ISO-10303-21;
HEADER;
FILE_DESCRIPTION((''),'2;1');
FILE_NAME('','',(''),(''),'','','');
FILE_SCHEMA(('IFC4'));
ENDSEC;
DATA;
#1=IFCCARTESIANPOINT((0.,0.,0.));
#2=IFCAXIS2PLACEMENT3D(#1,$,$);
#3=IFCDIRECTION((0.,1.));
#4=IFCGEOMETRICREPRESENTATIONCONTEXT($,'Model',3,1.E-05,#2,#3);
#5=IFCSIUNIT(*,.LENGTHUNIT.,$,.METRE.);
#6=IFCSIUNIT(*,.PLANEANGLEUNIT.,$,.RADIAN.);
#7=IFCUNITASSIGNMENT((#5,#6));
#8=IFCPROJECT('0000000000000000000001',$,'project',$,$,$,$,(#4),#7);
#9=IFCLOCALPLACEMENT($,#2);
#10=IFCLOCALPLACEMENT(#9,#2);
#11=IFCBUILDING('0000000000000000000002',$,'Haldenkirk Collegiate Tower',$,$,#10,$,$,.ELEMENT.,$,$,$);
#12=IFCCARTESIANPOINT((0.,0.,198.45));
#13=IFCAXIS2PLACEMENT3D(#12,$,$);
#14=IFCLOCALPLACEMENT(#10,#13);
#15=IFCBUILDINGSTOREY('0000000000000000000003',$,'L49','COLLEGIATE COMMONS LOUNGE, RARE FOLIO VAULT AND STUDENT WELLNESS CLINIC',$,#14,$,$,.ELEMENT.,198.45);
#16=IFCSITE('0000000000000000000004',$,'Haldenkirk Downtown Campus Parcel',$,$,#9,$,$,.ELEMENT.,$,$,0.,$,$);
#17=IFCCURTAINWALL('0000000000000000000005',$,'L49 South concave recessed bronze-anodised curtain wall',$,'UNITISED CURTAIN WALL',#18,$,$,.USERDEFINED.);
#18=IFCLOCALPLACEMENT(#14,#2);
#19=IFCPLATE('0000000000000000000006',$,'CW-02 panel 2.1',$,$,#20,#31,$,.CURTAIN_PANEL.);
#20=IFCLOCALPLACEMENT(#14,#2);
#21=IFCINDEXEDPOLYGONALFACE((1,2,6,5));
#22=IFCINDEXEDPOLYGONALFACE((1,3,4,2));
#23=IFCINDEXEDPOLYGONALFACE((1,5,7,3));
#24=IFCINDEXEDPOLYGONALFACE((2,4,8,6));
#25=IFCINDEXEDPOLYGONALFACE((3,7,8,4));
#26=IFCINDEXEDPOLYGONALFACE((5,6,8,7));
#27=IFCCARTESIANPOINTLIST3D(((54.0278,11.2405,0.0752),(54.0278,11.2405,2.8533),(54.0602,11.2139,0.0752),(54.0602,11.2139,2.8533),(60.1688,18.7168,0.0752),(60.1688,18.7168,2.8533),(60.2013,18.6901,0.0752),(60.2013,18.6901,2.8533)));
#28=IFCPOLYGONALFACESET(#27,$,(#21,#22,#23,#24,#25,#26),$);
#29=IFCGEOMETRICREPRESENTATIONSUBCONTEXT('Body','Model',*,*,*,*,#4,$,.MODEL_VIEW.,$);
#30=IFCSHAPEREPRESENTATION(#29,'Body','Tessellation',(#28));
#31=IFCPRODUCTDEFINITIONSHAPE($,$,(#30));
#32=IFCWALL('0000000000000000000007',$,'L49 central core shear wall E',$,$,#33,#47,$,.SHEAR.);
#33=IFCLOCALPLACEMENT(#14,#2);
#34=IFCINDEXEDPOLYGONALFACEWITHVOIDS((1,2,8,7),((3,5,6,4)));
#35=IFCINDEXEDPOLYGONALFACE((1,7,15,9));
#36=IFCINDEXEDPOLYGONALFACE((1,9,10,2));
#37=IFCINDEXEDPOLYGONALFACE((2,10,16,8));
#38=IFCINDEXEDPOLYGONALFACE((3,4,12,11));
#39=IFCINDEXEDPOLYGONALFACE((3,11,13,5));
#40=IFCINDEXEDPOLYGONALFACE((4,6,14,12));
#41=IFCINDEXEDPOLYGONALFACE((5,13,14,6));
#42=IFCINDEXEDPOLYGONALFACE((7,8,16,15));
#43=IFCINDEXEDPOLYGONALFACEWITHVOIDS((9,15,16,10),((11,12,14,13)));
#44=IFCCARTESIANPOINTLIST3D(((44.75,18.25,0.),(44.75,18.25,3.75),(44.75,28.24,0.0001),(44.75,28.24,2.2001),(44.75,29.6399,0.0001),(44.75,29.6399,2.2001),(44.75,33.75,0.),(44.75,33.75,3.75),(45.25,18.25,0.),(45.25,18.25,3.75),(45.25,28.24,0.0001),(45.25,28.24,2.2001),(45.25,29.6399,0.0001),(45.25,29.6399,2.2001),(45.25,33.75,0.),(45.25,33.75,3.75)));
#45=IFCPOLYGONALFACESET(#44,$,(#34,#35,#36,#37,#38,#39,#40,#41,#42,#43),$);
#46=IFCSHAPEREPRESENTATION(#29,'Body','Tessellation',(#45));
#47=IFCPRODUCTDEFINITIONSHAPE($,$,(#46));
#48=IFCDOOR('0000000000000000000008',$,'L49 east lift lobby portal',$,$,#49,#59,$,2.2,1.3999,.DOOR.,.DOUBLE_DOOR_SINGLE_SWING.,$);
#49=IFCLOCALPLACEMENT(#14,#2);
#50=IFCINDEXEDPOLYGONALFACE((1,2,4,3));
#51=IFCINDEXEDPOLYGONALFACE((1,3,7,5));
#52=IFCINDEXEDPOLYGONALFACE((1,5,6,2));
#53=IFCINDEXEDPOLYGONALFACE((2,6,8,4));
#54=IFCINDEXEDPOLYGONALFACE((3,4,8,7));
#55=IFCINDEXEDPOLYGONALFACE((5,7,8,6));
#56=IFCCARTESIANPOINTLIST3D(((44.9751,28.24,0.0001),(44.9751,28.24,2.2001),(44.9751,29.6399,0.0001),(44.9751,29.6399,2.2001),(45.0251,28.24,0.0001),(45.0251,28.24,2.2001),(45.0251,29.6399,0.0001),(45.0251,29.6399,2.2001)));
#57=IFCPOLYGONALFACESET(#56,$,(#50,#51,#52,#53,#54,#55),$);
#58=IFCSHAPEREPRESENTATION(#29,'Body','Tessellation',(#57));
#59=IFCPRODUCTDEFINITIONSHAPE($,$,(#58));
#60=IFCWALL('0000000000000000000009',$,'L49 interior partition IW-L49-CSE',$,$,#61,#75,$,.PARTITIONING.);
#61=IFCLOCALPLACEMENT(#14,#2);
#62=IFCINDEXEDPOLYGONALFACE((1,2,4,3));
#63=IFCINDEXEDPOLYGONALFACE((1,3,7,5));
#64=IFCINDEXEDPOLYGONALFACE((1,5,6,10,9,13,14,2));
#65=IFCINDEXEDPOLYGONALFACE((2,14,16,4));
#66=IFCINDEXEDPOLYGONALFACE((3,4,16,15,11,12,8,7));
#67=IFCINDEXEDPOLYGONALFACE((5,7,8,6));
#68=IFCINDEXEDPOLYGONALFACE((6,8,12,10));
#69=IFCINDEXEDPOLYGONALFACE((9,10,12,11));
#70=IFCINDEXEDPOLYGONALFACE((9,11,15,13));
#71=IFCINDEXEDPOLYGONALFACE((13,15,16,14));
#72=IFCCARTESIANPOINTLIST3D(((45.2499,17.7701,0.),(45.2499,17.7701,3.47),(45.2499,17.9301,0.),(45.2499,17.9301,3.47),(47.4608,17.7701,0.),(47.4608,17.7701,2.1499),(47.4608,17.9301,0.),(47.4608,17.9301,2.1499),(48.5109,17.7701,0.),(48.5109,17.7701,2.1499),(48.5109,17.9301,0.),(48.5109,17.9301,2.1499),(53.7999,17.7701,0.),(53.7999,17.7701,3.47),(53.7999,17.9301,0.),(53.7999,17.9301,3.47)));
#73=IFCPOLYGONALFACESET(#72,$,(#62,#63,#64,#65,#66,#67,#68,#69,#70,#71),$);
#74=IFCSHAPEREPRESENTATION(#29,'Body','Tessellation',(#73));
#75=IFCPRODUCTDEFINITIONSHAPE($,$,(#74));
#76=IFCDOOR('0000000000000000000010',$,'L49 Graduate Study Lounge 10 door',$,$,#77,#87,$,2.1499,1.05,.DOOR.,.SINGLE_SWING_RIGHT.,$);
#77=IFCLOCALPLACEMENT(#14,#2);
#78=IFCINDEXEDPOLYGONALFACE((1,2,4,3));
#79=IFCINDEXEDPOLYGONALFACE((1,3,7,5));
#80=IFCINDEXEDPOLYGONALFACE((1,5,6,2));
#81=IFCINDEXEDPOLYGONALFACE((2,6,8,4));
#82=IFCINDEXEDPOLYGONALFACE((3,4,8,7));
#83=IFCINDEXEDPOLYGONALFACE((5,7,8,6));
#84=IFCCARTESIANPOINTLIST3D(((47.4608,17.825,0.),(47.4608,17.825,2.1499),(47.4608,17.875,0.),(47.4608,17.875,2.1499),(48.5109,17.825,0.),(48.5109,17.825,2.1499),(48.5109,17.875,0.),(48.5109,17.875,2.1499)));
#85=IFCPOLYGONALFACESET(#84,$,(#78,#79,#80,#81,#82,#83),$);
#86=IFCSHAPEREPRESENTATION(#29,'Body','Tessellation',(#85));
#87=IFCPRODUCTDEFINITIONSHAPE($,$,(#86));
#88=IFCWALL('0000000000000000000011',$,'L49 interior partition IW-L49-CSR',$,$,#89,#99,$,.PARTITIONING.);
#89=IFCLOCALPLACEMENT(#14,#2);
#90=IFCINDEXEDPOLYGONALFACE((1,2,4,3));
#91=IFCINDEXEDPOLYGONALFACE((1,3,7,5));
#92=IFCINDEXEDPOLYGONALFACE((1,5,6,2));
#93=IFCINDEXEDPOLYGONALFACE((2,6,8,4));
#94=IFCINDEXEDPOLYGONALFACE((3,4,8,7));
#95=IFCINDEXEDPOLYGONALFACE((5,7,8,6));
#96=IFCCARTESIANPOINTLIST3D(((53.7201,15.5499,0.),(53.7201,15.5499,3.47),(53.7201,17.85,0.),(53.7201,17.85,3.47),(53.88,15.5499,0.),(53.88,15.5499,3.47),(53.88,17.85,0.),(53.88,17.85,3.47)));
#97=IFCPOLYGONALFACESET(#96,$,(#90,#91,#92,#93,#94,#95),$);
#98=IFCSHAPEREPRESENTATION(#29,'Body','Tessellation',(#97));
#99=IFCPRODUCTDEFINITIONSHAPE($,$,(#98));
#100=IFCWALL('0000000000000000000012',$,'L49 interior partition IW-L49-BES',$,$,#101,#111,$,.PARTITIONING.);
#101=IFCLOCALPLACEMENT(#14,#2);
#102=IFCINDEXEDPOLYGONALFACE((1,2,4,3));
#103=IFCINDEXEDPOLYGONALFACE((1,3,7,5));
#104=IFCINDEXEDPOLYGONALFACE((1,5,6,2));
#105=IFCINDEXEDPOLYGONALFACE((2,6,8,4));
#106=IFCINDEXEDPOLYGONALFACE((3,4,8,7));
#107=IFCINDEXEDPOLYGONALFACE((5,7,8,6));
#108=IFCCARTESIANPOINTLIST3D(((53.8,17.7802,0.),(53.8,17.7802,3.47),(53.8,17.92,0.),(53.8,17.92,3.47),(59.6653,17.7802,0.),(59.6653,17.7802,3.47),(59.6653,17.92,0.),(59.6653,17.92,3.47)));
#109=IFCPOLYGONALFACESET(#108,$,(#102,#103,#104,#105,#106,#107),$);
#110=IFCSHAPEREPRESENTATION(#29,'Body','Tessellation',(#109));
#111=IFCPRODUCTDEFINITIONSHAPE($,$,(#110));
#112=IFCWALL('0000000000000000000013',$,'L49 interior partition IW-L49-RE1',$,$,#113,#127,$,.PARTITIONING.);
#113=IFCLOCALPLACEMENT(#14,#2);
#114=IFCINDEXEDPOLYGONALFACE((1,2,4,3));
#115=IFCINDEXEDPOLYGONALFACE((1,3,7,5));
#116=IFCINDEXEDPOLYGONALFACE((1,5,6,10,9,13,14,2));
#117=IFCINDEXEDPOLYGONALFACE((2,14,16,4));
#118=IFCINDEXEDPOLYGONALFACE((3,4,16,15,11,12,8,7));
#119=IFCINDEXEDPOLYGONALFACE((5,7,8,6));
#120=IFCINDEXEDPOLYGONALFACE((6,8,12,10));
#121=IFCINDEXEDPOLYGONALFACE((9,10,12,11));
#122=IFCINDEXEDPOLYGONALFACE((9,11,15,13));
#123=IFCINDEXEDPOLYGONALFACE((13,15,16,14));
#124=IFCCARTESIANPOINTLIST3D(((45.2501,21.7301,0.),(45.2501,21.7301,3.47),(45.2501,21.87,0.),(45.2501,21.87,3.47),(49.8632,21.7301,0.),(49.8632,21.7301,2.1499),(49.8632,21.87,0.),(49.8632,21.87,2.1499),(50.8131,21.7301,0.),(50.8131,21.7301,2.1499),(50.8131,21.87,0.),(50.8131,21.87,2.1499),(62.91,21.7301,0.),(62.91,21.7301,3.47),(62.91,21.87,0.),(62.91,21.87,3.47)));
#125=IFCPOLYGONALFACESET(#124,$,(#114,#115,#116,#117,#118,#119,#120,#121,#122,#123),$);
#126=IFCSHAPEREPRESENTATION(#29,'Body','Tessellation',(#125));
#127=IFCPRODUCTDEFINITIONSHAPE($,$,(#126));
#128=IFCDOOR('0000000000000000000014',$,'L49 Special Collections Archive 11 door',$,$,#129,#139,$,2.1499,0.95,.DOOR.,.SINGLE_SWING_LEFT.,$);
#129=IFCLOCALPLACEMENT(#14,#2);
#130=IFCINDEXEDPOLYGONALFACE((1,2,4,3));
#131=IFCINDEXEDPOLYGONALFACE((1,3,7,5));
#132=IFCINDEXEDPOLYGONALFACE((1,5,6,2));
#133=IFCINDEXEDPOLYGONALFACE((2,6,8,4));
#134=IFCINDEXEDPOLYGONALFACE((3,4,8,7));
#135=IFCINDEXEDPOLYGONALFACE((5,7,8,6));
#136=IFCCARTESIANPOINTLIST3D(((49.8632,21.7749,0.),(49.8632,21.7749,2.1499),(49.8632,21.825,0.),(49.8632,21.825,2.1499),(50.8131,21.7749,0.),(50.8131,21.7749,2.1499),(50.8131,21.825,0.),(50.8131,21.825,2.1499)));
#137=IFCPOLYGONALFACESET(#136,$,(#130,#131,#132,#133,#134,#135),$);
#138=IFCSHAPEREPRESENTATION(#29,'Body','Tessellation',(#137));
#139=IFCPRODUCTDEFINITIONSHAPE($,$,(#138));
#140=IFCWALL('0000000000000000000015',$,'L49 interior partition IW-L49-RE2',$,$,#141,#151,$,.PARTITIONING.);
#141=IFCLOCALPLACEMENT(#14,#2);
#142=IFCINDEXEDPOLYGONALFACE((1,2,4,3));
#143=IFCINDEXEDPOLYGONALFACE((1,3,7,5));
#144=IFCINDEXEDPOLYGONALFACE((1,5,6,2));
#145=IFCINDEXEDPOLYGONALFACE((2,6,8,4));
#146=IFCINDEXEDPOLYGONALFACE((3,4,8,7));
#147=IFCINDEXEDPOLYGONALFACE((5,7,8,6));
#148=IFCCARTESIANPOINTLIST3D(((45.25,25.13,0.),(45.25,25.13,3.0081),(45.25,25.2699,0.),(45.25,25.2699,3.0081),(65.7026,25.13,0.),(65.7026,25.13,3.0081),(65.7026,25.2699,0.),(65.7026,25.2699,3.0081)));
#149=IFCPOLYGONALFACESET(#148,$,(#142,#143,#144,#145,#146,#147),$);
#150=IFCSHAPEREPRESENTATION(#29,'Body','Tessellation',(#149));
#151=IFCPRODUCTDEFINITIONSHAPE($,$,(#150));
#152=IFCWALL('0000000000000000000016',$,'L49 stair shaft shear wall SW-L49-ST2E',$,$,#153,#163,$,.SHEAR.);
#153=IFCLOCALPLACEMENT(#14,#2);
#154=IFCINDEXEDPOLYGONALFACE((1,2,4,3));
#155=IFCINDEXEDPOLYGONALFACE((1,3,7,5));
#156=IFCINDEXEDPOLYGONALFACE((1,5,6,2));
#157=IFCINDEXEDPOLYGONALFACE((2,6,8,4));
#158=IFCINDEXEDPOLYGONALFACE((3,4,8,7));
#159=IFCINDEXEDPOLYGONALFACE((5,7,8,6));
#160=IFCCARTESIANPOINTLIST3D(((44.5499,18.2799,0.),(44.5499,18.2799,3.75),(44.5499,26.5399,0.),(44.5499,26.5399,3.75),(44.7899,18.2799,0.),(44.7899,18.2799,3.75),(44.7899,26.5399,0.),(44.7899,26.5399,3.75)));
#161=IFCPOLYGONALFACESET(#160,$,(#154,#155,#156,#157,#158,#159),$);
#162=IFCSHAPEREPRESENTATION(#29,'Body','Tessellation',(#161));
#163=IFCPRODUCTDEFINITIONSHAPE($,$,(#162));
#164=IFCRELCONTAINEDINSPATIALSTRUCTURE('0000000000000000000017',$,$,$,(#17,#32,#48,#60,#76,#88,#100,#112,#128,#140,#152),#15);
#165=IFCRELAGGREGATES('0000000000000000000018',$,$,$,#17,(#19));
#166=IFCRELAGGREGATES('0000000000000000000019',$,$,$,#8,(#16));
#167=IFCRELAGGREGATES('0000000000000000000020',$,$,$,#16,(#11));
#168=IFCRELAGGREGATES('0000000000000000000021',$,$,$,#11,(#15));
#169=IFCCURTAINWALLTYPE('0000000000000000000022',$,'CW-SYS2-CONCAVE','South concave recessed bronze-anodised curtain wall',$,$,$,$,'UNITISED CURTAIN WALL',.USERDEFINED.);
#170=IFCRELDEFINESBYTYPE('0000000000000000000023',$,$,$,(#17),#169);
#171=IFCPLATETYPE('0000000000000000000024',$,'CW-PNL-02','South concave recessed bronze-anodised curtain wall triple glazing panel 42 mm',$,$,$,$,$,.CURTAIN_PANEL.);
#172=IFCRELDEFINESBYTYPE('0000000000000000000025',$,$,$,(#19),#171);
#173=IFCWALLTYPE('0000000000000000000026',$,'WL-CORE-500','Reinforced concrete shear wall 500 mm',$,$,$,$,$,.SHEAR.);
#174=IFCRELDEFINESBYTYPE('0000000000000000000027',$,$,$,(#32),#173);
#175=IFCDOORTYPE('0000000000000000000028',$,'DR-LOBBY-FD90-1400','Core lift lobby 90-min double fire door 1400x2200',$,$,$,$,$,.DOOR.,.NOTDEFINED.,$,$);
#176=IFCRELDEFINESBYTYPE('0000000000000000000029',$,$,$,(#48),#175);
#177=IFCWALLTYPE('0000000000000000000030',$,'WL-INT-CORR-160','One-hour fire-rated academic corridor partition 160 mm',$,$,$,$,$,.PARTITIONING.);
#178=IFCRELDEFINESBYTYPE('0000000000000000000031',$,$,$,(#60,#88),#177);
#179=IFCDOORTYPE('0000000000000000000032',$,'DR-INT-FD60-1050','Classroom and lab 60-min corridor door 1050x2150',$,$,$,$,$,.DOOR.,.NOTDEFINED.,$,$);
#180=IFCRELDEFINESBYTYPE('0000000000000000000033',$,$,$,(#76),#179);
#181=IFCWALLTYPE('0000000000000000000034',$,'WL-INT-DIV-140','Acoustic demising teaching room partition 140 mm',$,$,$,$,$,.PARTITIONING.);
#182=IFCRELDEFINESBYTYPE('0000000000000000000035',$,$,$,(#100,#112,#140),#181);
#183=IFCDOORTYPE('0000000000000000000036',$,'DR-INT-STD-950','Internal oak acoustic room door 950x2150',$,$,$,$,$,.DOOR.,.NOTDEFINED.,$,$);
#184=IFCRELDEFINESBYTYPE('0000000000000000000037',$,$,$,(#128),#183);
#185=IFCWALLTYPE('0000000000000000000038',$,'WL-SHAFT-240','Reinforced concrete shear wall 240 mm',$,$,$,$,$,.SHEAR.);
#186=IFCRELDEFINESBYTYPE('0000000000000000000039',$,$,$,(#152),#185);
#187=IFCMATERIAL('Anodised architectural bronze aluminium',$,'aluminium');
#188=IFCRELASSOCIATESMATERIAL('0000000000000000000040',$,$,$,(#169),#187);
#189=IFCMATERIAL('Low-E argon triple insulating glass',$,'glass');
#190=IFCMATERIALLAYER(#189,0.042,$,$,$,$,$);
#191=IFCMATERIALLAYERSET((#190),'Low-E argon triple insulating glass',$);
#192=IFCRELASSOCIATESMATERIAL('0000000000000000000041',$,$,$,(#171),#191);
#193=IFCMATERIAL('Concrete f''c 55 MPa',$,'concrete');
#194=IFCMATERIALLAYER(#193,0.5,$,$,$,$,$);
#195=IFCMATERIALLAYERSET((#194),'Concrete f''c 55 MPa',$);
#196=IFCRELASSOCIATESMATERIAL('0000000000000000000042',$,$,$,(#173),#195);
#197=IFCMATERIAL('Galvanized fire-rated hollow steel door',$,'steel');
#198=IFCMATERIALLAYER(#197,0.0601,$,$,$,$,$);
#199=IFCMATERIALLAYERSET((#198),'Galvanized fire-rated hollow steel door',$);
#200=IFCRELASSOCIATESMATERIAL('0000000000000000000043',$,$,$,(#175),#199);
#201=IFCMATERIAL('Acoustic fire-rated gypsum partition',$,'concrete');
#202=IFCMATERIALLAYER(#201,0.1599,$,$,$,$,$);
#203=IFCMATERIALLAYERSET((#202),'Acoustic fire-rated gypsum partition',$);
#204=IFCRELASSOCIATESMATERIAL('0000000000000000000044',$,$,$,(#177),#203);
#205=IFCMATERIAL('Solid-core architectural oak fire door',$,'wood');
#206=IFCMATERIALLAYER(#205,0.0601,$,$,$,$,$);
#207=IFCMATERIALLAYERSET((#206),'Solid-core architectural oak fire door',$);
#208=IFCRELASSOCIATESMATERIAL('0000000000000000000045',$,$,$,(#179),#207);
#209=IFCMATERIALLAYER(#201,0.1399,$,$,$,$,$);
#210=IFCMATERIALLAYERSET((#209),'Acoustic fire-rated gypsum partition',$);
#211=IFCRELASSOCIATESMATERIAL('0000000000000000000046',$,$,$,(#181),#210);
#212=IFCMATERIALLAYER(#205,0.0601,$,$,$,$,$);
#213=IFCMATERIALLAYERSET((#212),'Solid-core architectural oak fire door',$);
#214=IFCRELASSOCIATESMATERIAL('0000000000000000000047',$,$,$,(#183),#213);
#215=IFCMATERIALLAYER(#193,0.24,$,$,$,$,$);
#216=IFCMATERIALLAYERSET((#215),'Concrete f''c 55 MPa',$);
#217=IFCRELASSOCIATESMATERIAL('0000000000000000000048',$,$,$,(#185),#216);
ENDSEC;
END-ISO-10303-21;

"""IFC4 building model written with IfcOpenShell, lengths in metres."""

from ifc_helpers import new_model, si_unit, direction, frame, frame_2d, origin, origin_2d, place, context, subcontext, project, spatial, rectangle, extrude, source, transform, mapped, material, layer, layer_set, type_object, element, fill, aggregate, save


model = new_model("IFC4")

# Units and contexts
model_context = context("Model", 3, precision=1e-05, world=origin(), true_north=direction((0.0, 1.0)))
body_context = subcontext(model_context, "Body", "Model", "MODEL_VIEW")
ifc_project = project(units=[si_unit("LENGTHUNIT", "METRE"), si_unit("PLANEANGLEUNIT", "RADIAN")], contexts=[model_context])

# Site, building, storey
site_placement = place(None, origin())
site = spatial("IfcSite", under=ifc_project, at=site_placement, Name="Haldenkirk Downtown Campus Parcel", CompositionType="ELEMENT", RefElevation=0.0)
building_placement = place(site_placement, origin())
building = spatial("IfcBuilding", under=site, at=building_placement, Name="Haldenkirk Collegiate Tower", CompositionType="ELEMENT")
storey_placement = place(building_placement, frame((0.0, 0.0, 198.45)))
storey = spatial("IfcBuildingStorey", under=building, at=storey_placement, Name="L49", Description="COLLEGIATE COMMONS LOUNGE, RARE FOLIO VAULT AND STUDENT WELLNESS CLINIC", CompositionType="ELEMENT", Elevation=198.45)

# Curtain wall, plate
ifc_material_1 = material(Name="Anodised architectural bronze aluminium", Category="aluminium")
curtain_wall_type = type_object("IfcCurtainWallType", Name="CW-SYS2-CONCAVE", Description="South concave recessed bronze-anodised curtain wall", ElementType="UNITISED CURTAIN WALL", PredefinedType="USERDEFINED", material=ifc_material_1)
curtain_wall_placement = place(storey_placement, origin())
curtain_wall = element("IfcCurtainWall", 1, at=curtain_wall_placement, inside=storey, type_object=curtain_wall_type, Name="L49 South concave recessed bronze-anodised curtain wall", ObjectType="UNITISED CURTAIN WALL", PredefinedType="USERDEFINED")
ifc_material_2 = material(Name="Low-E argon triple insulating glass", Category="glass")
ifc_layer_1 = layer(ifc_material_2, 0.042)
ifc_layer_set_1 = layer_set([ifc_layer_1], Name="Low-E argon triple insulating glass")
plate_type = type_object("IfcPlateType", Name="CW-PNL-02", Description="South concave recessed bronze-anodised curtain wall triple glazing panel 42 mm", PredefinedType="CURTAIN_PANEL", material=ifc_layer_set_1)
shared_shape_1 = source(origin(), body_context, "Body", "SweptSolid", [
    extrude(rectangle(XDim=9.675, YDim=0.042, at=origin_2d()), origin(), (0.0, 0.0, 1.0), 2.7781),
])
plate_1_placement = place(storey_placement, frame((57.1145, 14.9653, 0.0752), z_axis=(0.0, 0.0, 1.0), x_axis=(-0.634731, -0.772734, 0.0)))
plate_1 = element("IfcPlate", 2, at=plate_1_placement, type_object=plate_type, Name="CW-02 panel 2.1", PredefinedType="CURTAIN_PANEL", context=body_context, shape_type="MappedRepresentation", body=[
    mapped(shared_shape_1, transform((0.0, 0.0, 0.0), x_axis=(1.0, 0.0, 0.0), y_axis=(0.0, 1.0, 0.0), z_axis=(0.0, 0.0, 1.0), scale=1.0)),
])
aggregate(curtain_wall, [plate_1])

# Walls, openings, doors
ifc_material_3 = material(Name="Concrete f'c 55 MPa", Category="concrete")
ifc_layer_2 = layer(ifc_material_3, 0.5)
ifc_layer_set_2 = layer_set([ifc_layer_2], Name="Concrete f'c 55 MPa")
wall_type_1 = type_object("IfcWallType", Name="WL-CORE-500", Description="Reinforced concrete shear wall 500 mm", PredefinedType="SHEAR", material=ifc_layer_set_2)
wall_1_placement = place(storey_placement, frame((45.0, 18.25, 0.0), z_axis=(0.0, 0.0, 1.0), x_axis=(0.0, 1.0, 0.0)))
wall_1 = element("IfcWall", 3, at=wall_1_placement, inside=storey, type_object=wall_type_1, Name="L49 central core shear wall E", PredefinedType="SHEAR", context=body_context, shape_type="SweptSolid", body=[
    extrude(rectangle(XDim=15.5, YDim=0.5, at=frame_2d((7.75, 0.0))), origin(), (0.0, 0.0, 1.0), 3.75),
])
opening_1_placement = place(wall_1_placement, frame((9.99, 0.0, 0.0)))
opening_1 = element("IfcOpeningElement", 4, at=opening_1_placement, cuts=wall_1, PredefinedType="OPENING", context=body_context, shape_type="SweptSolid", body=[
    extrude(rectangle(XDim=1.3999, YDim=2.2, at=frame_2d((0.7, 1.1001))), frame((0.0, 0.26, 0.0), z_axis=(0.0, -1.0, 0.0), x_axis=(1.0, 0.0, 0.0)), (0.0, 0.0, 1.0), 0.52),
])
ifc_material_4 = material(Name="Galvanized fire-rated hollow steel door", Category="steel")
ifc_layer_3 = layer(ifc_material_4, 0.0601)
ifc_layer_set_3 = layer_set([ifc_layer_3], Name="Galvanized fire-rated hollow steel door")
door_type_1 = type_object("IfcDoorType", Name="DR-LOBBY-FD90-1400", Description="Core lift lobby 90-min double fire door 1400x2200", OperationType="NOTDEFINED", PredefinedType="DOOR", material=ifc_layer_set_3)
door_1_placement = place(opening_1_placement, origin())
door_1 = element("IfcDoor", 5, at=door_1_placement, inside=storey, type_object=door_type_1, Name="L49 east lift lobby portal", OperationType="DOUBLE_DOOR_SINGLE_SWING", OverallHeight=2.2, OverallWidth=1.3999, PredefinedType="DOOR", context=body_context, shape_type="SweptSolid", body=[
    extrude(rectangle(XDim=1.3999, YDim=2.2, at=frame_2d((0.7, 1.1001))), frame((0.0, 0.0249, 0.0), z_axis=(0.0, -1.0, 0.0), x_axis=(1.0, 0.0, 0.0)), (0.0, 0.0, 1.0), 0.05),
])
fill(opening_1, door_1)
ifc_material_5 = material(Name="Acoustic fire-rated gypsum partition", Category="concrete")
ifc_layer_4 = layer(ifc_material_5, 0.1599)
ifc_layer_set_4 = layer_set([ifc_layer_4], Name="Acoustic fire-rated gypsum partition")
wall_type_2 = type_object("IfcWallType", Name="WL-INT-CORR-160", Description="One-hour fire-rated academic corridor partition 160 mm", PredefinedType="PARTITIONING", material=ifc_layer_set_4)
wall_2_placement = place(storey_placement, frame((45.25, 17.8501, 0.0), z_axis=(0.0, 0.0, 1.0), x_axis=(1.0, 0.0, 0.0)))
wall_2 = element("IfcWall", 6, at=wall_2_placement, inside=storey, type_object=wall_type_2, Name="L49 interior partition IW-L49-CSE", PredefinedType="PARTITIONING", context=body_context, shape_type="SweptSolid", body=[
    extrude(rectangle(XDim=8.55, YDim=0.1599, at=frame_2d((4.2749, 0.0))), origin(), (0.0, 0.0, 1.0), 3.47),
])
opening_2_placement = place(wall_2_placement, frame((2.2109, 0.0, 0.0)))
opening_2 = element("IfcOpeningElement", 7, at=opening_2_placement, cuts=wall_2, PredefinedType="OPENING", context=body_context, shape_type="SweptSolid", body=[
    extrude(rectangle(XDim=1.05, YDim=2.1499, at=frame_2d((0.5249, 1.075))), frame((0.0, 0.0898, 0.0), z_axis=(0.0, -1.0, 0.0), x_axis=(1.0, 0.0, 0.0)), (0.0, 0.0, 1.0), 0.1799),
])
ifc_material_6 = material(Name="Solid-core architectural oak fire door", Category="wood")
ifc_layer_5 = layer(ifc_material_6, 0.0601)
ifc_layer_set_5 = layer_set([ifc_layer_5], Name="Solid-core architectural oak fire door")
door_type_2 = type_object("IfcDoorType", Name="DR-INT-FD60-1050", Description="Classroom and lab 60-min corridor door 1050x2150", OperationType="NOTDEFINED", PredefinedType="DOOR", material=ifc_layer_set_5)
door_2_placement = place(opening_2_placement, origin())
door_2 = element("IfcDoor", 8, at=door_2_placement, inside=storey, type_object=door_type_2, Name="L49 Graduate Study Lounge 10 door", OperationType="SINGLE_SWING_RIGHT", OverallHeight=2.1499, OverallWidth=1.05, PredefinedType="DOOR", context=body_context, shape_type="SweptSolid", body=[
    extrude(rectangle(XDim=1.05, YDim=2.1499, at=frame_2d((0.5249, 1.075))), frame((0.0, 0.0249, 0.0), z_axis=(0.0, -1.0, 0.0), x_axis=(1.0, 0.0, 0.0)), (0.0, 0.0, 1.0), 0.05),
])
fill(opening_2, door_2)

# Walls
wall_3_placement = place(storey_placement, frame((53.8, 15.55, 0.0), z_axis=(0.0, 0.0, 1.0), x_axis=(0.0, 1.0, 0.0)))
element("IfcWall", 9, at=wall_3_placement, inside=storey, type_object=wall_type_2, Name="L49 interior partition IW-L49-CSR", PredefinedType="PARTITIONING", context=body_context, shape_type="SweptSolid", body=[
    extrude(rectangle(XDim=2.3, YDim=0.1599, at=frame_2d((1.1499, 0.0))), origin(), (0.0, 0.0, 1.0), 3.47),
])
ifc_layer_6 = layer(ifc_material_5, 0.1399)
ifc_layer_set_6 = layer_set([ifc_layer_6], Name="Acoustic fire-rated gypsum partition")
wall_type_3 = type_object("IfcWallType", Name="WL-INT-DIV-140", Description="Acoustic demising teaching room partition 140 mm", PredefinedType="PARTITIONING", material=ifc_layer_set_6)
wall_4_placement = place(storey_placement, frame((53.8, 17.8501, 0.0), z_axis=(0.0, 0.0, 1.0), x_axis=(1.0, 0.0, 0.0)))
element("IfcWall", 10, at=wall_4_placement, inside=storey, type_object=wall_type_3, Name="L49 interior partition IW-L49-BES", PredefinedType="PARTITIONING", context=body_context, shape_type="SweptSolid", body=[
    extrude(rectangle(XDim=5.8652, YDim=0.1399, at=frame_2d((2.9326, 0.0))), origin(), (0.0, 0.0, 1.0), 3.47),
])

# Wall, opening, door
wall_5_placement = place(storey_placement, frame((45.25, 21.8, 0.0), z_axis=(0.0, 0.0, 1.0), x_axis=(1.0, 0.0, 0.0)))
wall_5 = element("IfcWall", 11, at=wall_5_placement, inside=storey, type_object=wall_type_3, Name="L49 interior partition IW-L49-RE1", PredefinedType="PARTITIONING", context=body_context, shape_type="SweptSolid", body=[
    extrude(rectangle(XDim=17.6599, YDim=0.1399, at=frame_2d((8.8301, 0.0))), origin(), (0.0, 0.0, 1.0), 3.47),
])
opening_3_placement = place(wall_5_placement, frame((4.613, 0.0, 0.0)))
opening_3 = element("IfcOpeningElement", 12, at=opening_3_placement, cuts=wall_5, PredefinedType="OPENING", context=body_context, shape_type="SweptSolid", body=[
    extrude(rectangle(XDim=0.95, YDim=2.1499, at=frame_2d((0.4751, 1.075))), frame((0.0, 0.0798, 0.0), z_axis=(0.0, -1.0, 0.0), x_axis=(1.0, 0.0, 0.0)), (0.0, 0.0, 1.0), 0.1599),
])
ifc_layer_7 = layer(ifc_material_6, 0.0601)
ifc_layer_set_7 = layer_set([ifc_layer_7], Name="Solid-core architectural oak fire door")
door_type_3 = type_object("IfcDoorType", Name="DR-INT-STD-950", Description="Internal oak acoustic room door 950x2150", OperationType="NOTDEFINED", PredefinedType="DOOR", material=ifc_layer_set_7)
door_3_placement = place(opening_3_placement, origin())
door_3 = element("IfcDoor", 13, at=door_3_placement, inside=storey, type_object=door_type_3, Name="L49 Special Collections Archive 11 door", OperationType="SINGLE_SWING_LEFT", OverallHeight=2.1499, OverallWidth=0.95, PredefinedType="DOOR", context=body_context, shape_type="SweptSolid", body=[
    extrude(rectangle(XDim=0.95, YDim=2.1499, at=frame_2d((0.4751, 1.075))), frame((0.0, 0.0249, 0.0), z_axis=(0.0, -1.0, 0.0), x_axis=(1.0, 0.0, 0.0)), (0.0, 0.0, 1.0), 0.05),
])
fill(opening_3, door_3)

# Walls
wall_6_placement = place(storey_placement, frame((45.25, 25.2, 0.0), z_axis=(0.0, 0.0, 1.0), x_axis=(1.0, 0.0, 0.0)))
element("IfcWall", 14, at=wall_6_placement, inside=storey, type_object=wall_type_3, Name="L49 interior partition IW-L49-RE2", PredefinedType="PARTITIONING", context=body_context, shape_type="SweptSolid", body=[
    extrude(rectangle(XDim=20.4526, YDim=0.1399, at=frame_2d((10.2263, 0.0))), origin(), (0.0, 0.0, 1.0), 3.0081),
])
ifc_layer_8 = layer(ifc_material_3, 0.24)
ifc_layer_set_8 = layer_set([ifc_layer_8], Name="Concrete f'c 55 MPa")
wall_type_4 = type_object("IfcWallType", Name="WL-SHAFT-240", Description="Reinforced concrete shear wall 240 mm", PredefinedType="SHEAR", material=ifc_layer_set_8)
wall_7_placement = place(storey_placement, frame((44.6699, 18.28, 0.0), z_axis=(0.0, 0.0, 1.0), x_axis=(0.0, 1.0, 0.0)))
element("IfcWall", 15, at=wall_7_placement, inside=storey, type_object=wall_type_4, Name="L49 stair shaft shear wall SW-L49-ST2E", PredefinedType="SHEAR", context=body_context, shape_type="SweptSolid", body=[
    extrude(rectangle(XDim=8.26, YDim=0.24, at=frame_2d((4.1299, 0.0))), origin(), (0.0, 0.0, 1.0), 3.75),
])

save(model, "model.ifc")
